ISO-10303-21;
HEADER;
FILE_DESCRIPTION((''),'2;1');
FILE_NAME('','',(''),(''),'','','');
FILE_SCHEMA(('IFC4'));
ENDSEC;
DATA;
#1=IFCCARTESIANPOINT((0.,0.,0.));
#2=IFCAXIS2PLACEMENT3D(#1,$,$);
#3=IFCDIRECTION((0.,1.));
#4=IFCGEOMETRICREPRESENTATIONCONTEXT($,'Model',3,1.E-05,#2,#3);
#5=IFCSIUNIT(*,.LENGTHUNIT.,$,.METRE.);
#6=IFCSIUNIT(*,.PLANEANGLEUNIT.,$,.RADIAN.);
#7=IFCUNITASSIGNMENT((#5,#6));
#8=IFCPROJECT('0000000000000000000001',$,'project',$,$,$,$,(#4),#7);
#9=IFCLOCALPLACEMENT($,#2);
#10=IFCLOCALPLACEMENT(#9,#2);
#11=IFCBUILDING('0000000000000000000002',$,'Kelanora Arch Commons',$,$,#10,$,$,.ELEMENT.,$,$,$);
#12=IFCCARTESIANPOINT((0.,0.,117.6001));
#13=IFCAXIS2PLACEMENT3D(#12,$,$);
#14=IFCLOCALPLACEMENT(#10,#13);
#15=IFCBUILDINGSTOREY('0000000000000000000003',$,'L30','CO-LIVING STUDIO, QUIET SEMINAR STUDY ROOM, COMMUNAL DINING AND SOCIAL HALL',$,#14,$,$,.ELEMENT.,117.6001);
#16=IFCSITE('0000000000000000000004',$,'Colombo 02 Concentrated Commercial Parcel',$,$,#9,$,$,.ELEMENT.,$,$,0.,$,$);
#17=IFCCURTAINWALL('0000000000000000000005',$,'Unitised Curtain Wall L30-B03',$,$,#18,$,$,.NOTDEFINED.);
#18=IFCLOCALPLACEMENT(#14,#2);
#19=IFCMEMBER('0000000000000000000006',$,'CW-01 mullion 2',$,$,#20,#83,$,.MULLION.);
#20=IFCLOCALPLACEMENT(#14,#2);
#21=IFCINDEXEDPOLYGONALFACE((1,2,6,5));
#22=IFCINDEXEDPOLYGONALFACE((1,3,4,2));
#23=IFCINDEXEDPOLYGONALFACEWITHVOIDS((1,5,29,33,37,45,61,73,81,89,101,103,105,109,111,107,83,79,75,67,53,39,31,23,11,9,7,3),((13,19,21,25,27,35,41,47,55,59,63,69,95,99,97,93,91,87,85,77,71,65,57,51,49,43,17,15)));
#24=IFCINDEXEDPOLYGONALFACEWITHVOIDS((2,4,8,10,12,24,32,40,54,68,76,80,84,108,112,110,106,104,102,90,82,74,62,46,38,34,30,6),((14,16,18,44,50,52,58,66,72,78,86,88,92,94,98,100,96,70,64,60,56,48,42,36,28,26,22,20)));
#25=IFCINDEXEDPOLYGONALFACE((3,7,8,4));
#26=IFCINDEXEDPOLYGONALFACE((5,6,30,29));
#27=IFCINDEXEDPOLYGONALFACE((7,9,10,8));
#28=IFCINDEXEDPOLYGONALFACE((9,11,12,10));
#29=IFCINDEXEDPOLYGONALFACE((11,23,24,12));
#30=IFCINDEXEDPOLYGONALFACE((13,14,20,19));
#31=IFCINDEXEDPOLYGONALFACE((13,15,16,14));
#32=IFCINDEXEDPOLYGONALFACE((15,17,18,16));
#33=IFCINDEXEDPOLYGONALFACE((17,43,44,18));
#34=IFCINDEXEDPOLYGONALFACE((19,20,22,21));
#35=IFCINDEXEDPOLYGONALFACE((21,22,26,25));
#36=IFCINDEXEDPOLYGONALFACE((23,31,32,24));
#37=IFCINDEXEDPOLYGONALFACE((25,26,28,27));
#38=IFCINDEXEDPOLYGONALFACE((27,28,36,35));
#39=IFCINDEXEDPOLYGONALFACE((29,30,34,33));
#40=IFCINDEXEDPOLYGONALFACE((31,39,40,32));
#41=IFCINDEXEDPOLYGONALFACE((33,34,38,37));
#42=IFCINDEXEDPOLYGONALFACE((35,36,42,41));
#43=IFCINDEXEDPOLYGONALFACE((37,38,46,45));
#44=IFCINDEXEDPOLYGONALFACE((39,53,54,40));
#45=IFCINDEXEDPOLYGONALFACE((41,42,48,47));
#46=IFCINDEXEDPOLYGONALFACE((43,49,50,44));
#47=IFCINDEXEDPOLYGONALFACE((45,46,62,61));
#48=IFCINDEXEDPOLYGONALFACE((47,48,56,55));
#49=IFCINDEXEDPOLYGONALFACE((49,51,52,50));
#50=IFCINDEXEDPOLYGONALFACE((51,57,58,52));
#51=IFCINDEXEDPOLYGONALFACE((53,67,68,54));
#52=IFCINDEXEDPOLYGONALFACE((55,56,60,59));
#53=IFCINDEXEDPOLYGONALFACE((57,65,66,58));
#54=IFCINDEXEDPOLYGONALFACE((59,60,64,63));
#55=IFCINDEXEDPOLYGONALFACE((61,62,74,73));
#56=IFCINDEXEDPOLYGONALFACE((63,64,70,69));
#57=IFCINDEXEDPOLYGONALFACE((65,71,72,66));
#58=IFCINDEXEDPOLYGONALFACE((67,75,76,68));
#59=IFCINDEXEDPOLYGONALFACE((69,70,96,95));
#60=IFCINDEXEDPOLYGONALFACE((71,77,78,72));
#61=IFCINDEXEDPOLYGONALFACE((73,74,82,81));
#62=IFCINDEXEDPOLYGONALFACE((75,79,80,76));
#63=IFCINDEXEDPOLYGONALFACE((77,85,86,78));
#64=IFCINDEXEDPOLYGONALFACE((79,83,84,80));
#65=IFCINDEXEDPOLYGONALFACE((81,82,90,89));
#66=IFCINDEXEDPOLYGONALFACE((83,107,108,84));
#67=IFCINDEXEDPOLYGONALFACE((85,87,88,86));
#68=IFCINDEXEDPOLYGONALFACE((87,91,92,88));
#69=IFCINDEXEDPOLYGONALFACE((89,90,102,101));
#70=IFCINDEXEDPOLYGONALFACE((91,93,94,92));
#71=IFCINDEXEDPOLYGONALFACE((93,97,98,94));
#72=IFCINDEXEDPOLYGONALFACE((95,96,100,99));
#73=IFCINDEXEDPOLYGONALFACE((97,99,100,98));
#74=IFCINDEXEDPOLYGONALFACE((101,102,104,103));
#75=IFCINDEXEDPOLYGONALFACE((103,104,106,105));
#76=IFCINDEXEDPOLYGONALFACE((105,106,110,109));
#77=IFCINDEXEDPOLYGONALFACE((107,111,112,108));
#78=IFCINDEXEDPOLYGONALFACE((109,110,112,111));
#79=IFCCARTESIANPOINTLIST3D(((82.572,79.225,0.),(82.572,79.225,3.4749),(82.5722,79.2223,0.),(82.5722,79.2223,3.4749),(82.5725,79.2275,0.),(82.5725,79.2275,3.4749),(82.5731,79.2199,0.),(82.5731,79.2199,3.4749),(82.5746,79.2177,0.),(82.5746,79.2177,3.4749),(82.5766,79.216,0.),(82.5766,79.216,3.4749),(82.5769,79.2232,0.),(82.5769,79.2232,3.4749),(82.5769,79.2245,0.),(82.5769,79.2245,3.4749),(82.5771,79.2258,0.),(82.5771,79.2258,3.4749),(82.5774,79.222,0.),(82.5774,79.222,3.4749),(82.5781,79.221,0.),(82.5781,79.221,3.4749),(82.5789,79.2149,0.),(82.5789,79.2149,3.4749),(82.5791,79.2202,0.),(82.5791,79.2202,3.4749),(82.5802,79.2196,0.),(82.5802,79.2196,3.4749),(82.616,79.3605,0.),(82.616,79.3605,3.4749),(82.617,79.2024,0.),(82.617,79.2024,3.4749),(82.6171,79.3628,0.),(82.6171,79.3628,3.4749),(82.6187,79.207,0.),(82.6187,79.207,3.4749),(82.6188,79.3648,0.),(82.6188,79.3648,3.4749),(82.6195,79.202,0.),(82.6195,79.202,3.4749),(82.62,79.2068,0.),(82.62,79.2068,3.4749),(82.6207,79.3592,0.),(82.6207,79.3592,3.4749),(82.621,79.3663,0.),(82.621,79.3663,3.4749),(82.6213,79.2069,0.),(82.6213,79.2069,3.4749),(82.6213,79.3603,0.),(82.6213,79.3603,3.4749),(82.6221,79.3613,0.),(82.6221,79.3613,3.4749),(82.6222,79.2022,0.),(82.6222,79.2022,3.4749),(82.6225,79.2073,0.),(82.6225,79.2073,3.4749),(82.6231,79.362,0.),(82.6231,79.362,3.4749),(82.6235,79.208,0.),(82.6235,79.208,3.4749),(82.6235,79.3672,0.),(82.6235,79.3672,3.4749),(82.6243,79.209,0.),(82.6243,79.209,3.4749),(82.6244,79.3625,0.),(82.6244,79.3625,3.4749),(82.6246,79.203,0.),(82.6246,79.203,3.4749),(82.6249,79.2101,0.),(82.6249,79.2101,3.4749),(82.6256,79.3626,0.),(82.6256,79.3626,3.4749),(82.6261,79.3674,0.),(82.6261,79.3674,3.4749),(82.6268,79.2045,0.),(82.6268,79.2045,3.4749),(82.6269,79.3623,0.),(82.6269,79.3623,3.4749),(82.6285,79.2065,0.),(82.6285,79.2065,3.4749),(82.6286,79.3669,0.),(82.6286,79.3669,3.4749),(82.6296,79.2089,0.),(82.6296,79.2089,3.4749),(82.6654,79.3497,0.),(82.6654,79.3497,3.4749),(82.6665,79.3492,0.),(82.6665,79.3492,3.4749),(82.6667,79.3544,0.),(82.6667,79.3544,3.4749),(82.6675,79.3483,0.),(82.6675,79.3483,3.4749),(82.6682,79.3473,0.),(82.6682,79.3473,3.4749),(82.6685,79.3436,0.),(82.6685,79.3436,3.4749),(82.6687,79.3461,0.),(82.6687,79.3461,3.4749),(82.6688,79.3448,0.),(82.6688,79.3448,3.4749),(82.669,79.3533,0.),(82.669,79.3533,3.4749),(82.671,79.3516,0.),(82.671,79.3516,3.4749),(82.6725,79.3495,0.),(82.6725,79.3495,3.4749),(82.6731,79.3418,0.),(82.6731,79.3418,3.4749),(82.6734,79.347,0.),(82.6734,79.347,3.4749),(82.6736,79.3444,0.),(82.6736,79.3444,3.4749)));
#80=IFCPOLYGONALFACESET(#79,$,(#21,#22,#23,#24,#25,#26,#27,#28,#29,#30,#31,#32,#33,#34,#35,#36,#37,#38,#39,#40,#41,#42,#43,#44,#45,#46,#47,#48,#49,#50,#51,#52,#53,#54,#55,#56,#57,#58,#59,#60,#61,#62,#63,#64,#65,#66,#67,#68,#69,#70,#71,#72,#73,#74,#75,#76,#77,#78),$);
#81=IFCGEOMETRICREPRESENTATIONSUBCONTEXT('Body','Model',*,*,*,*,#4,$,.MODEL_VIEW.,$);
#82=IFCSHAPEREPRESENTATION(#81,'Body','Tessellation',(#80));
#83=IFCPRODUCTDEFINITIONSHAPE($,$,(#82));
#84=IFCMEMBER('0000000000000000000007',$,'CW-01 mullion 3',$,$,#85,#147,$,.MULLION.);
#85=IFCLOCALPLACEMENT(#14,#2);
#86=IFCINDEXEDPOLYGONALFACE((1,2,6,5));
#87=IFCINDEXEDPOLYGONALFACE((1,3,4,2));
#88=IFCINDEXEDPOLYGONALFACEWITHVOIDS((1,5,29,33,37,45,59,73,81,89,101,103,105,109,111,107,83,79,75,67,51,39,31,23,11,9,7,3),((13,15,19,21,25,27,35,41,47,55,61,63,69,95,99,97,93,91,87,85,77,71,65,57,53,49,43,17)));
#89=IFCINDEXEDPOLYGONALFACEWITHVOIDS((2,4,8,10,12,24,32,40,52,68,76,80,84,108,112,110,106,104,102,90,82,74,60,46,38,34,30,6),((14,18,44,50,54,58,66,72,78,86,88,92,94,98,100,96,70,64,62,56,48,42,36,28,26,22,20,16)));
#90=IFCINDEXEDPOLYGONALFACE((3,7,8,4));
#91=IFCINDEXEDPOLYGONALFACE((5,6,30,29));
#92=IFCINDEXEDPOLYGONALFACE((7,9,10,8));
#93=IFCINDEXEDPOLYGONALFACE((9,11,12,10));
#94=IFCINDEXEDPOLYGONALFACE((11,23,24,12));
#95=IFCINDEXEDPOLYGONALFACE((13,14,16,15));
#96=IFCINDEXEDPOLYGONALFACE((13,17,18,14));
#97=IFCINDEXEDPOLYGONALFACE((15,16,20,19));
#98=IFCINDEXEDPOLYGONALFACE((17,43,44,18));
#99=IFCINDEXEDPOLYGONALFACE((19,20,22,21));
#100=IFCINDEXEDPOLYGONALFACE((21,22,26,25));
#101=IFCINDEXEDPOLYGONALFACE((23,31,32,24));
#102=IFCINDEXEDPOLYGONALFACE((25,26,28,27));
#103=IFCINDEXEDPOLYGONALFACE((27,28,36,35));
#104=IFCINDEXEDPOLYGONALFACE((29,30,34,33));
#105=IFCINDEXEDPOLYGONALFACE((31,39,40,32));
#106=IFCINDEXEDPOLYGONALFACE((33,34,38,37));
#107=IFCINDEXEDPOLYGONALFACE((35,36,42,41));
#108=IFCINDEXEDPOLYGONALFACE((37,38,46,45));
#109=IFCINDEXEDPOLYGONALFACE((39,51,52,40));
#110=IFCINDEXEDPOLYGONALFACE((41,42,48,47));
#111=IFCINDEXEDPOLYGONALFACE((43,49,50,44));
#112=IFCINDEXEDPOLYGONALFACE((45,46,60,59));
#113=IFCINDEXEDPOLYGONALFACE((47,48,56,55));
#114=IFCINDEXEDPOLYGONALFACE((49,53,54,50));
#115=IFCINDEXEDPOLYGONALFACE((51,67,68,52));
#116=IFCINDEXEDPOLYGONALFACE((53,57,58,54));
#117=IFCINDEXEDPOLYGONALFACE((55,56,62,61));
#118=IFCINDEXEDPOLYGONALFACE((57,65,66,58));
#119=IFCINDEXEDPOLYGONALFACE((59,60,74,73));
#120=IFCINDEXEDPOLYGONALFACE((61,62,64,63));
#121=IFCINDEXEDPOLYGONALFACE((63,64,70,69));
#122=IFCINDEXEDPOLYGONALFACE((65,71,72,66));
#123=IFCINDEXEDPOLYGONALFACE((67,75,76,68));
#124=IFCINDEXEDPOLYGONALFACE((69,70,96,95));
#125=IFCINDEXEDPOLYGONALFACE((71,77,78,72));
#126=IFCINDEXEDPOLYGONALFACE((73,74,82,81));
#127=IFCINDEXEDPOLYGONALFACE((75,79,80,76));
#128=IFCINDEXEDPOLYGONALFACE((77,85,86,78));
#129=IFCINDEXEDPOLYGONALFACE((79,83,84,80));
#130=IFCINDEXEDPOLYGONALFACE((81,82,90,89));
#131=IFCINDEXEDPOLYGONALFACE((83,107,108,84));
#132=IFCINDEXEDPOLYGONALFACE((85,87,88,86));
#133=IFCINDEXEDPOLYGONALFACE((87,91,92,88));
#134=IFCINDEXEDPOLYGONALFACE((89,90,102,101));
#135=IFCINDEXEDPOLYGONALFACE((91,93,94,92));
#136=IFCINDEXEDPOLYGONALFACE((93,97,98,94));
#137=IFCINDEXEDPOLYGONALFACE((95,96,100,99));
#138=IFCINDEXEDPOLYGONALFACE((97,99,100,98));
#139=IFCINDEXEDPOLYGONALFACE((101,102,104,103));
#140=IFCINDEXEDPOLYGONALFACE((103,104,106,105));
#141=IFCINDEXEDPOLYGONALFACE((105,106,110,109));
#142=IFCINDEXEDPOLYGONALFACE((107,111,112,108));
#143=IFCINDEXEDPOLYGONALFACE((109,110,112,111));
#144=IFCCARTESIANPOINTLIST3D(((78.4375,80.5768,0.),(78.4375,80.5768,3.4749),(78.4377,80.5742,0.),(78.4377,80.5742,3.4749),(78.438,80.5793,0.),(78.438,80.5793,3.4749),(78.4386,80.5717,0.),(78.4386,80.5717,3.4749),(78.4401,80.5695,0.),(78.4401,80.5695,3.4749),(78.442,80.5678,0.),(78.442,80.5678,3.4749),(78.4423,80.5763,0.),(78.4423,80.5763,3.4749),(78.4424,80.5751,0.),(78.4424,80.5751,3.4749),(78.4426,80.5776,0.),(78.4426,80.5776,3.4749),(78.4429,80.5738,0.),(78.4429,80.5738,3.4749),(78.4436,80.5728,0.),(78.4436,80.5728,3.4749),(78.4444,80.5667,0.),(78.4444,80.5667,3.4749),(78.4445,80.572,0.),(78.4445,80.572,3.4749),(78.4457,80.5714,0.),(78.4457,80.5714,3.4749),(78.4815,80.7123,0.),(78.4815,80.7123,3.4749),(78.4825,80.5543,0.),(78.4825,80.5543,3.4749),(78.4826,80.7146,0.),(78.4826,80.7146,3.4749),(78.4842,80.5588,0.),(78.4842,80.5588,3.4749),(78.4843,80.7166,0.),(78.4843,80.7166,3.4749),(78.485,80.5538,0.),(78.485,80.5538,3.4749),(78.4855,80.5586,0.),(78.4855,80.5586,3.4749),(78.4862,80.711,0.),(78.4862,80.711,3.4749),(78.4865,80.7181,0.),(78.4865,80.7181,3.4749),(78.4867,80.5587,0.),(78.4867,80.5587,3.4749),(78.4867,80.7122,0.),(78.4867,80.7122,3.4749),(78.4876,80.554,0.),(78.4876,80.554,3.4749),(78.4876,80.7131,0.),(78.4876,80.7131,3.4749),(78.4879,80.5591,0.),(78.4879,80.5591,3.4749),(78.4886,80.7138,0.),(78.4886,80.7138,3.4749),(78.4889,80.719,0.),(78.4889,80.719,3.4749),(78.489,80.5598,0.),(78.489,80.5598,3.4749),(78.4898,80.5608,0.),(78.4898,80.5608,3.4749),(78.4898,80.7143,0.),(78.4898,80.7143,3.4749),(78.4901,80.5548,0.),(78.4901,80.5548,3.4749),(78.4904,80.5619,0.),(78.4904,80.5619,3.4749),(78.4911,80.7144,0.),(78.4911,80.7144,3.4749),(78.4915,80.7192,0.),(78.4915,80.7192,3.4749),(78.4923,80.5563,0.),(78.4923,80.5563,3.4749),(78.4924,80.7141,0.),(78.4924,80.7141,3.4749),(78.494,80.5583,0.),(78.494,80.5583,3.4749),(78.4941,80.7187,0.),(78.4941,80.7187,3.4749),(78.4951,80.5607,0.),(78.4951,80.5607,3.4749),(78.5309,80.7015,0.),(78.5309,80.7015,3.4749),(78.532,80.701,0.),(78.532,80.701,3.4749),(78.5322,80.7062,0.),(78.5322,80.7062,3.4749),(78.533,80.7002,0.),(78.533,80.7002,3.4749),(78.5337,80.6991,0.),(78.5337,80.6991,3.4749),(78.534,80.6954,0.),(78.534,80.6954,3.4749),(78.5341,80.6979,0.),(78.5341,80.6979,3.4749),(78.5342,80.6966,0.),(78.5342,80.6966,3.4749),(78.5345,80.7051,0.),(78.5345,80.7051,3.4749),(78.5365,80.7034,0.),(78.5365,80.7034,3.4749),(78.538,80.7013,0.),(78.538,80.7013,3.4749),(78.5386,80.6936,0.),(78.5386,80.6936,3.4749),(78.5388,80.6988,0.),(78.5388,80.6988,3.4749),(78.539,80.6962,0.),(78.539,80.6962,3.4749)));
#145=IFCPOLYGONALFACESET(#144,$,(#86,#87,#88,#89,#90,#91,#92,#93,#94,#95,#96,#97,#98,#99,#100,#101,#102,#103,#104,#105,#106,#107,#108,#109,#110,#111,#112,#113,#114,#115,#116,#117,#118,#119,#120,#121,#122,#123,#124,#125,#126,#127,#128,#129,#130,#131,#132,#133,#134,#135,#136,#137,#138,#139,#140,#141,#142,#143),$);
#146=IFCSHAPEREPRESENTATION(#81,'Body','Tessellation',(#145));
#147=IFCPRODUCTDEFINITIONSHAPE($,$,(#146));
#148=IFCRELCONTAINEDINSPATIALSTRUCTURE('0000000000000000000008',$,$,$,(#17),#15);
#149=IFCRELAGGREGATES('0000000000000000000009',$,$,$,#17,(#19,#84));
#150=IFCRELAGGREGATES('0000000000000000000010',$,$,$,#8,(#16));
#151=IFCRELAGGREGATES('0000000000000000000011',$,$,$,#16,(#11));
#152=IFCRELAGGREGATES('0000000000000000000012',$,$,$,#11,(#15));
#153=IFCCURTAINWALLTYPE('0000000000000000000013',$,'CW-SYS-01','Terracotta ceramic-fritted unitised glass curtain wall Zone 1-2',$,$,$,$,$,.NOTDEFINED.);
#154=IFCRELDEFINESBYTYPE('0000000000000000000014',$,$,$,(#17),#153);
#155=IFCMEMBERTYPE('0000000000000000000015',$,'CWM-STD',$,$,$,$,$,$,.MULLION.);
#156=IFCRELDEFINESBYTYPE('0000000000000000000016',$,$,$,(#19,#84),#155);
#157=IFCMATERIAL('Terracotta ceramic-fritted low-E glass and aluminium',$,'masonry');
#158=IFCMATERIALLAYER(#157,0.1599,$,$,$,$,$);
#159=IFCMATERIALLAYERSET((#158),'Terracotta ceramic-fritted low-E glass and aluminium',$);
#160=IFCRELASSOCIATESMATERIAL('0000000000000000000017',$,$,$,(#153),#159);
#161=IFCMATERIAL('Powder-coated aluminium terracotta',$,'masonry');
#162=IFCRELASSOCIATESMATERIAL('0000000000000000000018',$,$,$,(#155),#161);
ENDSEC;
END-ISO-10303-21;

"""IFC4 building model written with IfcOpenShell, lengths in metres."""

from ifc_helpers import new_model, si_unit, direction, frame, origin, origin_2d, place, context, subcontext, project, spatial, hollow_rectangle, extrude, material, layer, layer_set, material_profile, profile_set, type_object, element, aggregate, save


model = new_model("IFC4")

# Units and contexts
model_context = context("Model", 3, precision=1e-05, world=origin(), true_north=direction((0.0, 1.0)))
body_context = subcontext(model_context, "Body", "Model", "MODEL_VIEW")
ifc_project = project(units=[si_unit("LENGTHUNIT", "METRE"), si_unit("PLANEANGLEUNIT", "RADIAN")], contexts=[model_context])

# Site, building, storey
site_placement = place(None, origin())
site = spatial("IfcSite", under=ifc_project, at=site_placement, Name="Colombo 02 Concentrated Commercial Parcel", CompositionType="ELEMENT", RefElevation=0.0)
building_placement = place(site_placement, origin())
building = spatial("IfcBuilding", under=site, at=building_placement, Name="Kelanora Arch Commons", CompositionType="ELEMENT")
storey_placement = place(building_placement, frame((0.0, 0.0, 117.6001)))
storey = spatial("IfcBuildingStorey", under=building, at=storey_placement, Name="L30", Description="CO-LIVING STUDIO, QUIET SEMINAR STUDY ROOM, COMMUNAL DINING AND SOCIAL HALL", CompositionType="ELEMENT", Elevation=117.6001)

# Curtain wall, members
ifc_material_1 = material(Name="Terracotta ceramic-fritted low-E glass and aluminium", Category="masonry")
ifc_layer_1 = layer(ifc_material_1, 0.1599)
ifc_layer_set_1 = layer_set([ifc_layer_1], Name="Terracotta ceramic-fritted low-E glass and aluminium")
curtain_wall_type = type_object("IfcCurtainWallType", Name="CW-SYS-01", Description="Terracotta ceramic-fritted unitised glass curtain wall Zone 1-2", PredefinedType="NOTDEFINED", material=ifc_layer_set_1)
curtain_wall_placement = place(storey_placement, origin())
curtain_wall = element("IfcCurtainWall", 1, at=curtain_wall_placement, inside=storey, type_object=curtain_wall_type, Name="Unitised Curtain Wall L30-B03", PredefinedType="NOTDEFINED")
ifc_material_2 = material(Name="Powder-coated aluminium terracotta", Category="masonry")
ifc_material_profile_1 = material_profile(ifc_material_2, hollow_rectangle(XDim=0.1599, YDim=0.0601, WallThickness=0.0049, InnerFilletRadius=0.0049, OuterFilletRadius=0.01, at=origin_2d()), Name="CWM160x60")
ifc_profile_set_1 = profile_set([ifc_material_profile_1], Name="Powder-coated aluminium terracotta")
member_type_1 = type_object("IfcMemberType", Name="CWM-STD", PredefinedType="MULLION", material=ifc_profile_set_1)
member_1_placement = place(storey_placement, frame((82.6228, 79.2847, 0.0), z_axis=(0.0, 0.0, 1.0), x_axis=(-0.310805, -0.950474, 0.0)))
member_1 = element("IfcMember", 2, at=member_1_placement, type_object=member_type_1, Name="CW-01 mullion 2", PredefinedType="MULLION", context=body_context, shape_type="SweptSolid", body=[
    extrude(hollow_rectangle(XDim=0.1599, YDim=0.0601, WallThickness=0.0049, InnerFilletRadius=0.0049, OuterFilletRadius=0.01, at=origin_2d()), origin(), (0.0, 0.0, 1.0), 3.4749),
])
member_2_placement = place(storey_placement, frame((78.4883, 80.6365, 0.0), z_axis=(0.0, 0.0, 1.0), x_axis=(-0.310805, -0.950474, 0.0)))
member_2 = element("IfcMember", 3, at=member_2_placement, type_object=member_type_1, Name="CW-01 mullion 3", PredefinedType="MULLION", context=body_context, shape_type="SweptSolid", body=[
    extrude(hollow_rectangle(XDim=0.1599, YDim=0.0601, WallThickness=0.0049, InnerFilletRadius=0.0049, OuterFilletRadius=0.01, at=origin_2d()), origin(), (0.0, 0.0, 1.0), 3.4749),
])
aggregate(curtain_wall, [member_1, member_2])

save(model, "model.ifc")
